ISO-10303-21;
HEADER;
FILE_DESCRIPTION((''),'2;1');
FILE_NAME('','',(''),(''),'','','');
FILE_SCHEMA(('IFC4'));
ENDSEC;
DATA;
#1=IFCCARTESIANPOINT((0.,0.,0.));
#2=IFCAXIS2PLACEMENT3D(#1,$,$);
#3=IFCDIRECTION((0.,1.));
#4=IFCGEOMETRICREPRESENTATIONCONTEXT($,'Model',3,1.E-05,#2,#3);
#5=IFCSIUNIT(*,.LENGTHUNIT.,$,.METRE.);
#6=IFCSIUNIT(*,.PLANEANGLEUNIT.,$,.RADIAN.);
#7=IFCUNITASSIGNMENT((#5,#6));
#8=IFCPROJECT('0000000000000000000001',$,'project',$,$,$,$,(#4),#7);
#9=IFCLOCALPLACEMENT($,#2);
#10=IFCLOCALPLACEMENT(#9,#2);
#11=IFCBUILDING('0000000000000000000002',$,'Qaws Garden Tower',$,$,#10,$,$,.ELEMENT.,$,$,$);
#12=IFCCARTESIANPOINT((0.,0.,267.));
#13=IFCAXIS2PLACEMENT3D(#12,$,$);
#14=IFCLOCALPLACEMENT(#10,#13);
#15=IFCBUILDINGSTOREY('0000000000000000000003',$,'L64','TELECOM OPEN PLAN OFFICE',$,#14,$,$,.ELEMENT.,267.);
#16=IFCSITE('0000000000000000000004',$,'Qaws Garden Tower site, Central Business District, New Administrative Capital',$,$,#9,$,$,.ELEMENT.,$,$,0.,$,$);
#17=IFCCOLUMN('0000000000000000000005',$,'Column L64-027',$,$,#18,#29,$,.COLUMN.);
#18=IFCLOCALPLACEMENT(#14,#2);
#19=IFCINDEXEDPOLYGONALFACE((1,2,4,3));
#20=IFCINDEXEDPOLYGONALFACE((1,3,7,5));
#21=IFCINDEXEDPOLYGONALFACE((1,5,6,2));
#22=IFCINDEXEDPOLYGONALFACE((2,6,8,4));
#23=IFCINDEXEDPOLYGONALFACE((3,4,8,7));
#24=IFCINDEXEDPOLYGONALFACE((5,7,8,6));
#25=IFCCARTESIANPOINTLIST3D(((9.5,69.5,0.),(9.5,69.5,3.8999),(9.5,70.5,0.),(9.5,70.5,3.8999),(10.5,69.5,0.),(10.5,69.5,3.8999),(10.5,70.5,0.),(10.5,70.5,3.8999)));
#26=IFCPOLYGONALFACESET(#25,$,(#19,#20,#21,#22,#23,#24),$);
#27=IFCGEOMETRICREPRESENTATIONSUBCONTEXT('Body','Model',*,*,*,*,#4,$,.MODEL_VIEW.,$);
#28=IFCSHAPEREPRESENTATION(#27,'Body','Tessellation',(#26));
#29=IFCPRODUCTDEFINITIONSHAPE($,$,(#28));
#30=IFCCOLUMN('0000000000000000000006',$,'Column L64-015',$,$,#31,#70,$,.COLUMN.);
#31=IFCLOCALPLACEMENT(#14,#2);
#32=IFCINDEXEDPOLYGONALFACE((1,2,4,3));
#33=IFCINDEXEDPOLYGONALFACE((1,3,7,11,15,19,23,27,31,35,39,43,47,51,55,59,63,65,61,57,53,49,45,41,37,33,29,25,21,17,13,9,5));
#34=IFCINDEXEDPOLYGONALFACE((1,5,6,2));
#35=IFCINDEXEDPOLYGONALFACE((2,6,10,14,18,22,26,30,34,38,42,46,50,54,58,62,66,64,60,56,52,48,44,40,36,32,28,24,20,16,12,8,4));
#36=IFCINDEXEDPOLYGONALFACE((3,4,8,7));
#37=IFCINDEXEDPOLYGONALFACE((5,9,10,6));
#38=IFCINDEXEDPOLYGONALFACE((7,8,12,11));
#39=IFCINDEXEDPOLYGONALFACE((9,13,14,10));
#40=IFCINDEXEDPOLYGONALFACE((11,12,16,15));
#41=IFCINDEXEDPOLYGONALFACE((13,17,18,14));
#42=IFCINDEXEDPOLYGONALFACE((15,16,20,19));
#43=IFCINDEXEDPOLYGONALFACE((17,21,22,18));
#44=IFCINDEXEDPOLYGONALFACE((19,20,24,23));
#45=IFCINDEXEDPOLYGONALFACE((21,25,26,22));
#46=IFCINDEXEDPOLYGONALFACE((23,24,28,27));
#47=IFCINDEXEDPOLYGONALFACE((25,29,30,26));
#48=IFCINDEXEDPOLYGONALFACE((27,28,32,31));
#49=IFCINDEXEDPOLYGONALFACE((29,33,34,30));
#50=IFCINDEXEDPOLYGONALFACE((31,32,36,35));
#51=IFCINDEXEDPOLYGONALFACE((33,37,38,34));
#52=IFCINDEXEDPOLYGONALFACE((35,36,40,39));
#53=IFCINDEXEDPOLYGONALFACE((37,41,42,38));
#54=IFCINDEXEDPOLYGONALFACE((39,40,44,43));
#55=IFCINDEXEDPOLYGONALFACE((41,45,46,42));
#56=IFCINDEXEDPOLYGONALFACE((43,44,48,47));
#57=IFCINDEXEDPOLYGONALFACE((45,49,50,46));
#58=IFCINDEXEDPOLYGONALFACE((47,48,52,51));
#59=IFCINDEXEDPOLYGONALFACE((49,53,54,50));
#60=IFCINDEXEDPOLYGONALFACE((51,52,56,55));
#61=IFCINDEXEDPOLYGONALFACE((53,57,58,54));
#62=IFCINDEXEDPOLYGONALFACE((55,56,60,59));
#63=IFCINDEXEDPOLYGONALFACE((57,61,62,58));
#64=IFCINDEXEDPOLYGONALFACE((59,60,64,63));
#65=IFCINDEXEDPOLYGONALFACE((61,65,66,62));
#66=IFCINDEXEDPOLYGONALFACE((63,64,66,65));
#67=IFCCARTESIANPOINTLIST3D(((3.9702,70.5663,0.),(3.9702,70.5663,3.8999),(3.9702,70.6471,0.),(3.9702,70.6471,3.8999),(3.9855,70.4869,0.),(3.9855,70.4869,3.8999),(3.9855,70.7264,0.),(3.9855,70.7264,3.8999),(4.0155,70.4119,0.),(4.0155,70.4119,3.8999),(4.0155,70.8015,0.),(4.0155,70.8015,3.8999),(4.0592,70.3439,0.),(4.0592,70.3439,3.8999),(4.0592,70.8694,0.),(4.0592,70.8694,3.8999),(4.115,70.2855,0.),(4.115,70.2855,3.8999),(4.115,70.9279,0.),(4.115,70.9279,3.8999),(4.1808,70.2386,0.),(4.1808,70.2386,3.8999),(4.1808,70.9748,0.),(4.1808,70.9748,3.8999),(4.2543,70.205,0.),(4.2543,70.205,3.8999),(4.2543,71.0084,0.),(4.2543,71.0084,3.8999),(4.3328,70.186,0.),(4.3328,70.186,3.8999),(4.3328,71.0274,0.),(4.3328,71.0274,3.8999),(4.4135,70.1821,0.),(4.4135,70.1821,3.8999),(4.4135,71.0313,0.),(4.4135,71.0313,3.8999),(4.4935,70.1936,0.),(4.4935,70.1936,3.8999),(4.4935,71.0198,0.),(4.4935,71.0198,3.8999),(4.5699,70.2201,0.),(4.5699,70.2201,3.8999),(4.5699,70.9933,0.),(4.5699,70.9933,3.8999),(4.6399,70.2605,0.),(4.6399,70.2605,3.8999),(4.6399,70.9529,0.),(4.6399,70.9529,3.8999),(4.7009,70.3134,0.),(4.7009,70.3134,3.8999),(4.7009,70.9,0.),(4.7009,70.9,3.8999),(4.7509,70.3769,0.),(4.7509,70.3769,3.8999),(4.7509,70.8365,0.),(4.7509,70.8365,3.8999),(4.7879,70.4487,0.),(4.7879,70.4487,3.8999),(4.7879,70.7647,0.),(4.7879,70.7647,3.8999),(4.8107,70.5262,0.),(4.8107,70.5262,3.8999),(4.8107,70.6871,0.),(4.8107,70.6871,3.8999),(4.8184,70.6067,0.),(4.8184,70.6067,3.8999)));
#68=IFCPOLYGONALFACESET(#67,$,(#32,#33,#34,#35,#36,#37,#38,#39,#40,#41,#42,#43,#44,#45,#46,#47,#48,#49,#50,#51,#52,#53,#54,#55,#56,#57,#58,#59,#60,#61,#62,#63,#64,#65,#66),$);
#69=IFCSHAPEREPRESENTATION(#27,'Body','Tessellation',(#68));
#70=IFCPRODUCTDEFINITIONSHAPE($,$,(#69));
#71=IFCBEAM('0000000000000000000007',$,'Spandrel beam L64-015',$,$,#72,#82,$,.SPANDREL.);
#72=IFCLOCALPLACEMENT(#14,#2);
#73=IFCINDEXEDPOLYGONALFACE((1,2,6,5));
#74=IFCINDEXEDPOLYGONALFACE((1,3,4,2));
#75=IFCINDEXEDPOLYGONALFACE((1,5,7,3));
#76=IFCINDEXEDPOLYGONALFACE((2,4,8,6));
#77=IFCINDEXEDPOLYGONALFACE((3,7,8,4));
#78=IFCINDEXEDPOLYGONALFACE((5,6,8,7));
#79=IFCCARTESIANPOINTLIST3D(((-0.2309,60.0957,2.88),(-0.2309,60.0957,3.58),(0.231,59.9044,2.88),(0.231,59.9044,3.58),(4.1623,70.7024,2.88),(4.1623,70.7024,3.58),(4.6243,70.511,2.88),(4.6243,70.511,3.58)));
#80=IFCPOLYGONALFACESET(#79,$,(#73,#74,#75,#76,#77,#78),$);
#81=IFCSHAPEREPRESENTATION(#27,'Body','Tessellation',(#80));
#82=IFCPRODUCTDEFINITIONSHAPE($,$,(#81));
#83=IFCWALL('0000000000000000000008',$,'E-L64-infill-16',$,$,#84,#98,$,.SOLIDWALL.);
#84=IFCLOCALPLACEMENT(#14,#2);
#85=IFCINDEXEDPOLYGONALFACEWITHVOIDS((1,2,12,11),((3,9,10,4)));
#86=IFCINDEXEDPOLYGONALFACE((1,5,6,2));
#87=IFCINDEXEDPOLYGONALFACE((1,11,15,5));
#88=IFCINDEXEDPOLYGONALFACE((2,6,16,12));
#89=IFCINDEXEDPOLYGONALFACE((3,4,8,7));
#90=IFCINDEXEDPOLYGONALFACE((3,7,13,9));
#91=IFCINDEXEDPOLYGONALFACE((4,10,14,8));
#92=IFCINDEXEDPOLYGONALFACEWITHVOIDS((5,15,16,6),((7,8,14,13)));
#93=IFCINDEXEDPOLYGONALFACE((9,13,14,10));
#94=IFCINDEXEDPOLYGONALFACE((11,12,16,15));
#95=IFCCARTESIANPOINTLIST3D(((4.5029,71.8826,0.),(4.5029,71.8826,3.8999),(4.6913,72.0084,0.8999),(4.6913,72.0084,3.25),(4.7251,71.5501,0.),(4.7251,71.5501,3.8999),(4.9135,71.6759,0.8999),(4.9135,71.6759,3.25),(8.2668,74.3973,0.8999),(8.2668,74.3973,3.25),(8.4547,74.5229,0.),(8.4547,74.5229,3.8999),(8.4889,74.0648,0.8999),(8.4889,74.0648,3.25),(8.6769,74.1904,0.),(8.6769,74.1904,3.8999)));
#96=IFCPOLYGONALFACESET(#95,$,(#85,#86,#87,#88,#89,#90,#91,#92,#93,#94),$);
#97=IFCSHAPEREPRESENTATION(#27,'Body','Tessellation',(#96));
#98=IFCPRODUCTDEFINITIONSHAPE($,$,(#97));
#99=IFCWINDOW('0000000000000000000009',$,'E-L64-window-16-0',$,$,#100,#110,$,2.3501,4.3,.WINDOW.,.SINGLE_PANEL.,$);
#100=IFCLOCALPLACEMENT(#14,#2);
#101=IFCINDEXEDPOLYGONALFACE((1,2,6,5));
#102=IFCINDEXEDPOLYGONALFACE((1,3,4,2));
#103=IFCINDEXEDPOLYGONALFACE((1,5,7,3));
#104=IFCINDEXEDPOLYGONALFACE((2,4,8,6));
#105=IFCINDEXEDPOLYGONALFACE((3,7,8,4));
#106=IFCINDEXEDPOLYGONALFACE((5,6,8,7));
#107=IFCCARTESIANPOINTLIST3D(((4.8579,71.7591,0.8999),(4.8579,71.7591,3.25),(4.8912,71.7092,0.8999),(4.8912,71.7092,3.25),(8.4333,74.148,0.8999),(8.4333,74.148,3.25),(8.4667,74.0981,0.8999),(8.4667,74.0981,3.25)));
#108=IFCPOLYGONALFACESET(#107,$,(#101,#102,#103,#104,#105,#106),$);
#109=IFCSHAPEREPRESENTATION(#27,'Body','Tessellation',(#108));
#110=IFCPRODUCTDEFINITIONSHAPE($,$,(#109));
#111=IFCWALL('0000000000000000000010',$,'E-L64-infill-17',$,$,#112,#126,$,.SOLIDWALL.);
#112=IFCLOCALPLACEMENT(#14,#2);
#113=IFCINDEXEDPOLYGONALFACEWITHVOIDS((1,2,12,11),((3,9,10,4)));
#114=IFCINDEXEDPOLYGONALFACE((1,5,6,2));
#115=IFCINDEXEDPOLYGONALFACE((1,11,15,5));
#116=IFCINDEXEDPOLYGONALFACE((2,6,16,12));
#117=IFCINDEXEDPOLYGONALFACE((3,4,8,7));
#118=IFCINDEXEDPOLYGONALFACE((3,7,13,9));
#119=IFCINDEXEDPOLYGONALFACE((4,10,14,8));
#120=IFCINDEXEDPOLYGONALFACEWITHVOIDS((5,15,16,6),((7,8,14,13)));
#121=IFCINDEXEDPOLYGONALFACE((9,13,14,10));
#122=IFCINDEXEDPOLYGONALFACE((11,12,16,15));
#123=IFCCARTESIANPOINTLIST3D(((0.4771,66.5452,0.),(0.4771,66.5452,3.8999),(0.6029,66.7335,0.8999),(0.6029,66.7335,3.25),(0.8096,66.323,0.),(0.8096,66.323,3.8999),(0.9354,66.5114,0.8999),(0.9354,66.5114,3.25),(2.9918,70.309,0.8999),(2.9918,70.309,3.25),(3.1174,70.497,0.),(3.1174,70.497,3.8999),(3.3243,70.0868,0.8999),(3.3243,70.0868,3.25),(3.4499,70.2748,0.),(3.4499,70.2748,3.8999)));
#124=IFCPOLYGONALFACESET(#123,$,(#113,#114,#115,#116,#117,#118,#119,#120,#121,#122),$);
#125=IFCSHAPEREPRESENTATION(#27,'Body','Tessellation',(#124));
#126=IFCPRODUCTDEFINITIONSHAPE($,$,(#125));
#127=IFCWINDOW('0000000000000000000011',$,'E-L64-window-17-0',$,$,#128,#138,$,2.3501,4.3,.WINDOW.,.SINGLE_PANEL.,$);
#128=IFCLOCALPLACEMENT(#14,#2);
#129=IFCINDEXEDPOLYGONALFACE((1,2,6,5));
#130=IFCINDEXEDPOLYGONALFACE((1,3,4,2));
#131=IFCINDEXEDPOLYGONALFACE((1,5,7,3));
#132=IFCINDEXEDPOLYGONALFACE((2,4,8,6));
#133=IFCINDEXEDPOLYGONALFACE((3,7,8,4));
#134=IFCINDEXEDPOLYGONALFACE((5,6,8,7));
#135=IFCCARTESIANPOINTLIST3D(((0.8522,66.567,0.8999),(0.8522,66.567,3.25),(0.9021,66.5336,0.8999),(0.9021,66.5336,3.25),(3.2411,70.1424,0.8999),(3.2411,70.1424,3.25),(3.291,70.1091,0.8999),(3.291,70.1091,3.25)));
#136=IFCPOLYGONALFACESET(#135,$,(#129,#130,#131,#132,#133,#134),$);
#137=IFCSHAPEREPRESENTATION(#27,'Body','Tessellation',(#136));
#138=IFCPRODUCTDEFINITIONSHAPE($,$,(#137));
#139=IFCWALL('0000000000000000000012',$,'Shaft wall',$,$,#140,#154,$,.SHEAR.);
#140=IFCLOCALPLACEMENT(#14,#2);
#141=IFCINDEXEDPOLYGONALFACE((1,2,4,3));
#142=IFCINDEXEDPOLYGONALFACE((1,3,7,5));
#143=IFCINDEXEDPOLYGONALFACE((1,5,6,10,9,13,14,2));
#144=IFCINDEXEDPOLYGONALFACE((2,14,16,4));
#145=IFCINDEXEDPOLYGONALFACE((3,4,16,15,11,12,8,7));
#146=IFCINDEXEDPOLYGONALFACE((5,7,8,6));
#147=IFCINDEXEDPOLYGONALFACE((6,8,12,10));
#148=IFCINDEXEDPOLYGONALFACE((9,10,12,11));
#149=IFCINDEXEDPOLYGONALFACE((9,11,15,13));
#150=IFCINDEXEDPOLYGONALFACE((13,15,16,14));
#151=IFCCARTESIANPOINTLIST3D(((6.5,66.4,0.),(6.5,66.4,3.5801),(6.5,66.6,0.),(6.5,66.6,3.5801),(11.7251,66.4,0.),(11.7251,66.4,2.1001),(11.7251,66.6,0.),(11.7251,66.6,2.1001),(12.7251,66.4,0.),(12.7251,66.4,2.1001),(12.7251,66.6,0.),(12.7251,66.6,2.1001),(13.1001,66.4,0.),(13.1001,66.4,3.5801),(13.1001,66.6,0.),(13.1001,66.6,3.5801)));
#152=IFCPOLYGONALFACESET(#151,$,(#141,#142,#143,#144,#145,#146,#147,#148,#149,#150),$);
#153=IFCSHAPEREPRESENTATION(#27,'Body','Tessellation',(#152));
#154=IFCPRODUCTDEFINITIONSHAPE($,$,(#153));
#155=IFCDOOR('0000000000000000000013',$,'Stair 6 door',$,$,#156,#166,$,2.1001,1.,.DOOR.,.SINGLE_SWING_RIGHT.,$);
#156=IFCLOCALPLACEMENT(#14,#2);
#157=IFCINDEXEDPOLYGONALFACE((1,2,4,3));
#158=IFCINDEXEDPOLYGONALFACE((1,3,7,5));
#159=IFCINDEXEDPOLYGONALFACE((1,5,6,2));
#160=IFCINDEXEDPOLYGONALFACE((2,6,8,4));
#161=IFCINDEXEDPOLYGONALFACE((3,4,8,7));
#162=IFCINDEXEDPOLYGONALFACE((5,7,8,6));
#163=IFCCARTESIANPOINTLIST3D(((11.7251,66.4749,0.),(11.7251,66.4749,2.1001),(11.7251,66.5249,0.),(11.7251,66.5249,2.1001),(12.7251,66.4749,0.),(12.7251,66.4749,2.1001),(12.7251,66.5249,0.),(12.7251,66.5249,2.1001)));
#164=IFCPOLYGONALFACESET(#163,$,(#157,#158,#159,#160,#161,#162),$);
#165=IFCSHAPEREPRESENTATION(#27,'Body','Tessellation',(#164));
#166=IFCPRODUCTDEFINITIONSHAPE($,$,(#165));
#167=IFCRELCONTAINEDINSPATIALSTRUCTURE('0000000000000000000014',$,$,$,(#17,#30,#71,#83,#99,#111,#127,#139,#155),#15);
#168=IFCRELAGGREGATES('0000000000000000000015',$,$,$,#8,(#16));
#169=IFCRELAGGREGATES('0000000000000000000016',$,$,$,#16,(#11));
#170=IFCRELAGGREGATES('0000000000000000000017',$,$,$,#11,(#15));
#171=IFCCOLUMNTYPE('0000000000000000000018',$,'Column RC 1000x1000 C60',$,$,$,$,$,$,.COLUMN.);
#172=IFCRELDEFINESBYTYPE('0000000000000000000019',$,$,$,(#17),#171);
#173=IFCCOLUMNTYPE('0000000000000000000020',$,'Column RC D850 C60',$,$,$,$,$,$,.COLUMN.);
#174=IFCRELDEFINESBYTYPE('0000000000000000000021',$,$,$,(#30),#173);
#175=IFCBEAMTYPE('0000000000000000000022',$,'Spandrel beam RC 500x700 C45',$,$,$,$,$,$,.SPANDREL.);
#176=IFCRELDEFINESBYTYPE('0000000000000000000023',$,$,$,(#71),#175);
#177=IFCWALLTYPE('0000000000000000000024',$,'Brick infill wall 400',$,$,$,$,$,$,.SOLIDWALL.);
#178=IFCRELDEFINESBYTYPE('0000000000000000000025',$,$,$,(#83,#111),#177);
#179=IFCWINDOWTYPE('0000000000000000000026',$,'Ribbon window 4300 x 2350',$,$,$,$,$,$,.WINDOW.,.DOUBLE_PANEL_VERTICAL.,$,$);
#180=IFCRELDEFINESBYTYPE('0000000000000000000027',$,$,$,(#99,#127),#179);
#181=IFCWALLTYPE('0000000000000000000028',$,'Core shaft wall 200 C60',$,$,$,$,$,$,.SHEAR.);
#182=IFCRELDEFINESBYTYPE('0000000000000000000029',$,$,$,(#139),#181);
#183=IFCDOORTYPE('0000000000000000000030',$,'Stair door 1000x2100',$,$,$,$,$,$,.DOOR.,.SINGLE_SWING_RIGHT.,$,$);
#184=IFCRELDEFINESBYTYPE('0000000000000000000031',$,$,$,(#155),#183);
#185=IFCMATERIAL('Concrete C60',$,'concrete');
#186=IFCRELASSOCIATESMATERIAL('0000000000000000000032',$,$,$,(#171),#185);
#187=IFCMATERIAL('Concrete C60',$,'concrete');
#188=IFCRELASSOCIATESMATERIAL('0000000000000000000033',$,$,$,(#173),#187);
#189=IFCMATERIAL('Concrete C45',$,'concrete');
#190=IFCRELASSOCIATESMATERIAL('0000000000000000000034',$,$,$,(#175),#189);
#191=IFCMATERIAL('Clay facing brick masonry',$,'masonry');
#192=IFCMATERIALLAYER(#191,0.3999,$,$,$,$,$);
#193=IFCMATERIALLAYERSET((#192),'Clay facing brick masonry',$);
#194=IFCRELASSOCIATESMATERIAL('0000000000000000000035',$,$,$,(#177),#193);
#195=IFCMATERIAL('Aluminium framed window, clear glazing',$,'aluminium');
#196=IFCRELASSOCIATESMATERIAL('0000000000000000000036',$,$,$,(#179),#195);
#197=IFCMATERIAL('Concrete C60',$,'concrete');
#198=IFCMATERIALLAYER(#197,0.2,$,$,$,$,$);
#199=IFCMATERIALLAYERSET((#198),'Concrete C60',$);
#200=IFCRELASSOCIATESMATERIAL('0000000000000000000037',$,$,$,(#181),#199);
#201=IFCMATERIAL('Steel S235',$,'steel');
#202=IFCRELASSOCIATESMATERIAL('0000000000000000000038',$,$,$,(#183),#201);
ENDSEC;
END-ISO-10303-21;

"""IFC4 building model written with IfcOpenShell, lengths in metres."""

from ifc_helpers import new_model, si_unit, direction, frame, frame_2d, origin, origin_2d, place, context, subcontext, project, spatial, rectangle, circle, extrude, material, layer, layer_set, material_profile, profile_set, type_object, element, fill, save


model = new_model("IFC4")

# Units and contexts
model_context = context("Model", 3, precision=1e-05, world=origin(), true_north=direction((0.0, 1.0)))
body_context = subcontext(model_context, "Body", "Model", "MODEL_VIEW")
ifc_project = project(units=[si_unit("LENGTHUNIT", "METRE"), si_unit("PLANEANGLEUNIT", "RADIAN")], contexts=[model_context])

# Site, building, storey
site_placement = place(None, origin())
site = spatial("IfcSite", under=ifc_project, at=site_placement, Name="Qaws Garden Tower site, Central Business District, New Administrative Capital", CompositionType="ELEMENT", RefElevation=0.0)
building_placement = place(site_placement, origin())
building = spatial("IfcBuilding", under=site, at=building_placement, Name="Qaws Garden Tower", CompositionType="ELEMENT")
storey_placement = place(building_placement, frame((0.0, 0.0, 267.0)))
storey = spatial("IfcBuildingStorey", under=building, at=storey_placement, Name="L64", Description="TELECOM OPEN PLAN OFFICE", CompositionType="ELEMENT", Elevation=267.0)

# Columns
ifc_material_1 = material(Name="Concrete C60", Category="concrete")
ifc_material_profile_1 = material_profile(ifc_material_1, rectangle(XDim=1.0, YDim=1.0, at=origin_2d()), Name="RC 1000x1000")
ifc_profile_set_1 = profile_set([ifc_material_profile_1], Name="Concrete C60")
column_type_1 = type_object("IfcColumnType", Name="Column RC 1000x1000 C60", PredefinedType="COLUMN", material=ifc_profile_set_1)
column_1_placement = place(storey_placement, frame((10.0, 70.0, 0.0), z_axis=(0.0, 0.0, 1.0), x_axis=(1.0, 0.0, 0.0)))
element("IfcColumn", 1, at=column_1_placement, inside=storey, type_object=column_type_1, Name="Column L64-027", PredefinedType="COLUMN", context=body_context, shape_type="SweptSolid", body=[
    extrude(rectangle(XDim=1.0, YDim=1.0, at=origin_2d()), origin(), (0.0, 0.0, 1.0), 3.8999),
])
ifc_material_2 = material(Name="Concrete C60", Category="concrete")
ifc_material_profile_2 = material_profile(ifc_material_2, circle(Radius=0.425, at=origin_2d()), Name="RC D850")
ifc_profile_set_2 = profile_set([ifc_material_profile_2], Name="Concrete C60")
column_type_2 = type_object("IfcColumnType", Name="Column RC D850 C60", PredefinedType="COLUMN", material=ifc_profile_set_2)
column_2_placement = place(storey_placement, frame((4.3933, 70.6067, 0.0), z_axis=(0.0, 0.0, 1.0), x_axis=(1.0, 0.0, 0.0)))
element("IfcColumn", 2, at=column_2_placement, inside=storey, type_object=column_type_2, Name="Column L64-015", PredefinedType="COLUMN", context=body_context, shape_type="SweptSolid", body=[
    extrude(circle(Radius=0.425, at=origin_2d()), origin(), (0.0, 0.0, 1.0), 3.8999),
])

# Beam
ifc_material_3 = material(Name="Concrete C45", Category="concrete")
ifc_material_profile_3 = material_profile(ifc_material_3, rectangle(XDim=0.5, YDim=0.7, at=origin_2d()), Name="RC 500x700")
ifc_profile_set_3 = profile_set([ifc_material_profile_3], Name="Concrete C45")
beam_type = type_object("IfcBeamType", Name="Spandrel beam RC 500x700 C45", PredefinedType="SPANDREL", material=ifc_profile_set_3)
beam_placement = place(storey_placement, frame((4.3933, 70.6067, 3.23), z_axis=(-0.382674, -0.923883, 0.0), x_axis=(0.923883, -0.382674, 0.0)))
element("IfcBeam", 3, at=beam_placement, inside=storey, type_object=beam_type, Name="Spandrel beam L64-015", PredefinedType="SPANDREL", context=body_context, shape_type="SweptSolid", body=[
    extrude(rectangle(XDim=0.5, YDim=0.7, at=origin_2d()), origin(), (0.0, 0.0, 1.0), 11.4805),
])

# Walls, openings, windows
ifc_material_4 = material(Name="Clay facing brick masonry", Category="masonry")
ifc_layer_1 = layer(ifc_material_4, 0.3999)
ifc_layer_set_1 = layer_set([ifc_layer_1], Name="Clay facing brick masonry")
wall_type_1 = type_object("IfcWallType", Name="Brick infill wall 400", PredefinedType="SOLIDWALL", material=ifc_layer_set_1)
wall_1_placement = place(storey_placement, frame((8.5659, 74.3567, 0.0), z_axis=(0.0, 0.0, 1.0), x_axis=(-0.831489, -0.555542, 0.0)))
wall_1 = element("IfcWall", 4, at=wall_1_placement, inside=storey, type_object=wall_type_1, Name="E-L64-infill-16", PredefinedType="SOLIDWALL", context=body_context, shape_type="SweptSolid", body=[
    extrude(rectangle(XDim=4.7527, YDim=0.3999, at=frame_2d((2.3765, 0.0))), origin(), (0.0, 0.0, 1.0), 3.8999),
])
opening_1_placement = place(wall_1_placement, frame((0.2263, 0.0, 0.8999)))
opening_1 = element("IfcOpeningElement", 5, at=opening_1_placement, cuts=wall_1, PredefinedType="OPENING", context=body_context, shape_type="SweptSolid", body=[
    extrude(rectangle(XDim=4.3, YDim=2.3501, at=frame_2d((2.1499, 1.175))), frame((0.0, 0.21, 0.0), z_axis=(0.0, -1.0, 0.0), x_axis=(1.0, 0.0, 0.0)), (0.0, 0.0, 1.0), 0.4199),
])
ifc_material_5 = material(Name="Aluminium framed window, clear glazing", Category="aluminium")
window_type = type_object("IfcWindowType", Name="Ribbon window 4300 x 2350", PartitioningType="DOUBLE_PANEL_VERTICAL", PredefinedType="WINDOW", material=ifc_material_5)
window_1_placement = place(opening_1_placement, origin())
window_1 = element("IfcWindow", 6, at=window_1_placement, inside=storey, type_object=window_type, Name="E-L64-window-16-0", OverallHeight=2.3501, OverallWidth=4.3, PartitioningType="SINGLE_PANEL", PredefinedType="WINDOW", context=body_context, shape_type="SweptSolid", body=[
    extrude(rectangle(XDim=4.3, YDim=2.3501, at=frame_2d((2.1499, 1.175))), frame((0.0, 0.1599, 0.0), z_axis=(0.0, -1.0, 0.0), x_axis=(1.0, 0.0, 0.0)), (0.0, 0.0, 1.0), 0.0601),
])
fill(opening_1, window_1)
wall_2_placement = place(storey_placement, frame((3.2837, 70.386, 0.0), z_axis=(0.0, 0.0, 1.0), x_axis=(-0.555542, -0.831489, 0.0)))
wall_2 = element("IfcWall", 7, at=wall_2_placement, inside=storey, type_object=wall_type_1, Name="E-L64-infill-17", PredefinedType="SOLIDWALL", context=body_context, shape_type="SweptSolid", body=[
    extrude(rectangle(XDim=4.7527, YDim=0.3999, at=frame_2d((2.3765, 0.0))), origin(), (0.0, 0.0, 1.0), 3.8999),
])
opening_2_placement = place(wall_2_placement, frame((0.2263, 0.0, 0.8999)))
opening_2 = element("IfcOpeningElement", 8, at=opening_2_placement, cuts=wall_2, PredefinedType="OPENING", context=body_context, shape_type="SweptSolid", body=[
    extrude(rectangle(XDim=4.3, YDim=2.3501, at=frame_2d((2.1499, 1.175))), frame((0.0, 0.21, 0.0), z_axis=(0.0, -1.0, 0.0), x_axis=(1.0, 0.0, 0.0)), (0.0, 0.0, 1.0), 0.4199),
])
window_2_placement = place(opening_2_placement, origin())
window_2 = element("IfcWindow", 9, at=window_2_placement, inside=storey, type_object=window_type, Name="E-L64-window-17-0", OverallHeight=2.3501, OverallWidth=4.3, PartitioningType="SINGLE_PANEL", PredefinedType="WINDOW", context=body_context, shape_type="SweptSolid", body=[
    extrude(rectangle(XDim=4.3, YDim=2.3501, at=frame_2d((2.1499, 1.175))), frame((0.0, 0.1599, 0.0), z_axis=(0.0, -1.0, 0.0), x_axis=(1.0, 0.0, 0.0)), (0.0, 0.0, 1.0), 0.0601),
])
fill(opening_2, window_2)

# Wall, opening, door
ifc_material_6 = material(Name="Concrete C60", Category="concrete")
ifc_layer_2 = layer(ifc_material_6, 0.2)
ifc_layer_set_2 = layer_set([ifc_layer_2], Name="Concrete C60")
wall_type_2 = type_object("IfcWallType", Name="Core shaft wall 200 C60", PredefinedType="SHEAR", material=ifc_layer_set_2)
wall_3_placement = place(storey_placement, frame((6.5, 66.5, 0.0), z_axis=(0.0, 0.0, 1.0), x_axis=(1.0, 0.0, 0.0)))
wall_3 = element("IfcWall", 10, at=wall_3_placement, inside=storey, type_object=wall_type_2, Name="Shaft wall", PredefinedType="SHEAR", context=body_context, shape_type="SweptSolid", body=[
    extrude(rectangle(XDim=6.6001, YDim=0.2, at=frame_2d((3.3, 0.0))), origin(), (0.0, 0.0, 1.0), 3.5801),
])
opening_3_placement = place(wall_3_placement, frame((5.2251, 0.0, 0.0)))
opening_3 = element("IfcOpeningElement", 11, at=opening_3_placement, cuts=wall_3, PredefinedType="OPENING", context=body_context, shape_type="SweptSolid", body=[
    extrude(rectangle(XDim=1.0, YDim=2.1001, at=frame_2d((0.5, 1.05))), frame((0.0, 0.1099, 0.0), z_axis=(0.0, -1.0, 0.0), x_axis=(1.0, 0.0, 0.0)), (0.0, 0.0, 1.0), 0.22),
])
ifc_material_7 = material(Name="Steel S235", Category="steel")
door_type = type_object("IfcDoorType", Name="Stair door 1000x2100", OperationType="SINGLE_SWING_RIGHT", PredefinedType="DOOR", material=ifc_material_7)
door_1_placement = place(opening_3_placement, origin())
door_1 = element("IfcDoor", 12, at=door_1_placement, inside=storey, type_object=door_type, Name="Stair 6 door", OperationType="SINGLE_SWING_RIGHT", OverallHeight=2.1001, OverallWidth=1.0, PredefinedType="DOOR", context=body_context, shape_type="SweptSolid", body=[
    extrude(rectangle(XDim=1.0, YDim=2.1001, at=frame_2d((0.5, 1.05))), frame((0.0, 0.0249, 0.0), z_axis=(0.0, -1.0, 0.0), x_axis=(1.0, 0.0, 0.0)), (0.0, 0.0, 1.0), 0.05),
])
fill(opening_3, door_1)

save(model, "model.ifc")
